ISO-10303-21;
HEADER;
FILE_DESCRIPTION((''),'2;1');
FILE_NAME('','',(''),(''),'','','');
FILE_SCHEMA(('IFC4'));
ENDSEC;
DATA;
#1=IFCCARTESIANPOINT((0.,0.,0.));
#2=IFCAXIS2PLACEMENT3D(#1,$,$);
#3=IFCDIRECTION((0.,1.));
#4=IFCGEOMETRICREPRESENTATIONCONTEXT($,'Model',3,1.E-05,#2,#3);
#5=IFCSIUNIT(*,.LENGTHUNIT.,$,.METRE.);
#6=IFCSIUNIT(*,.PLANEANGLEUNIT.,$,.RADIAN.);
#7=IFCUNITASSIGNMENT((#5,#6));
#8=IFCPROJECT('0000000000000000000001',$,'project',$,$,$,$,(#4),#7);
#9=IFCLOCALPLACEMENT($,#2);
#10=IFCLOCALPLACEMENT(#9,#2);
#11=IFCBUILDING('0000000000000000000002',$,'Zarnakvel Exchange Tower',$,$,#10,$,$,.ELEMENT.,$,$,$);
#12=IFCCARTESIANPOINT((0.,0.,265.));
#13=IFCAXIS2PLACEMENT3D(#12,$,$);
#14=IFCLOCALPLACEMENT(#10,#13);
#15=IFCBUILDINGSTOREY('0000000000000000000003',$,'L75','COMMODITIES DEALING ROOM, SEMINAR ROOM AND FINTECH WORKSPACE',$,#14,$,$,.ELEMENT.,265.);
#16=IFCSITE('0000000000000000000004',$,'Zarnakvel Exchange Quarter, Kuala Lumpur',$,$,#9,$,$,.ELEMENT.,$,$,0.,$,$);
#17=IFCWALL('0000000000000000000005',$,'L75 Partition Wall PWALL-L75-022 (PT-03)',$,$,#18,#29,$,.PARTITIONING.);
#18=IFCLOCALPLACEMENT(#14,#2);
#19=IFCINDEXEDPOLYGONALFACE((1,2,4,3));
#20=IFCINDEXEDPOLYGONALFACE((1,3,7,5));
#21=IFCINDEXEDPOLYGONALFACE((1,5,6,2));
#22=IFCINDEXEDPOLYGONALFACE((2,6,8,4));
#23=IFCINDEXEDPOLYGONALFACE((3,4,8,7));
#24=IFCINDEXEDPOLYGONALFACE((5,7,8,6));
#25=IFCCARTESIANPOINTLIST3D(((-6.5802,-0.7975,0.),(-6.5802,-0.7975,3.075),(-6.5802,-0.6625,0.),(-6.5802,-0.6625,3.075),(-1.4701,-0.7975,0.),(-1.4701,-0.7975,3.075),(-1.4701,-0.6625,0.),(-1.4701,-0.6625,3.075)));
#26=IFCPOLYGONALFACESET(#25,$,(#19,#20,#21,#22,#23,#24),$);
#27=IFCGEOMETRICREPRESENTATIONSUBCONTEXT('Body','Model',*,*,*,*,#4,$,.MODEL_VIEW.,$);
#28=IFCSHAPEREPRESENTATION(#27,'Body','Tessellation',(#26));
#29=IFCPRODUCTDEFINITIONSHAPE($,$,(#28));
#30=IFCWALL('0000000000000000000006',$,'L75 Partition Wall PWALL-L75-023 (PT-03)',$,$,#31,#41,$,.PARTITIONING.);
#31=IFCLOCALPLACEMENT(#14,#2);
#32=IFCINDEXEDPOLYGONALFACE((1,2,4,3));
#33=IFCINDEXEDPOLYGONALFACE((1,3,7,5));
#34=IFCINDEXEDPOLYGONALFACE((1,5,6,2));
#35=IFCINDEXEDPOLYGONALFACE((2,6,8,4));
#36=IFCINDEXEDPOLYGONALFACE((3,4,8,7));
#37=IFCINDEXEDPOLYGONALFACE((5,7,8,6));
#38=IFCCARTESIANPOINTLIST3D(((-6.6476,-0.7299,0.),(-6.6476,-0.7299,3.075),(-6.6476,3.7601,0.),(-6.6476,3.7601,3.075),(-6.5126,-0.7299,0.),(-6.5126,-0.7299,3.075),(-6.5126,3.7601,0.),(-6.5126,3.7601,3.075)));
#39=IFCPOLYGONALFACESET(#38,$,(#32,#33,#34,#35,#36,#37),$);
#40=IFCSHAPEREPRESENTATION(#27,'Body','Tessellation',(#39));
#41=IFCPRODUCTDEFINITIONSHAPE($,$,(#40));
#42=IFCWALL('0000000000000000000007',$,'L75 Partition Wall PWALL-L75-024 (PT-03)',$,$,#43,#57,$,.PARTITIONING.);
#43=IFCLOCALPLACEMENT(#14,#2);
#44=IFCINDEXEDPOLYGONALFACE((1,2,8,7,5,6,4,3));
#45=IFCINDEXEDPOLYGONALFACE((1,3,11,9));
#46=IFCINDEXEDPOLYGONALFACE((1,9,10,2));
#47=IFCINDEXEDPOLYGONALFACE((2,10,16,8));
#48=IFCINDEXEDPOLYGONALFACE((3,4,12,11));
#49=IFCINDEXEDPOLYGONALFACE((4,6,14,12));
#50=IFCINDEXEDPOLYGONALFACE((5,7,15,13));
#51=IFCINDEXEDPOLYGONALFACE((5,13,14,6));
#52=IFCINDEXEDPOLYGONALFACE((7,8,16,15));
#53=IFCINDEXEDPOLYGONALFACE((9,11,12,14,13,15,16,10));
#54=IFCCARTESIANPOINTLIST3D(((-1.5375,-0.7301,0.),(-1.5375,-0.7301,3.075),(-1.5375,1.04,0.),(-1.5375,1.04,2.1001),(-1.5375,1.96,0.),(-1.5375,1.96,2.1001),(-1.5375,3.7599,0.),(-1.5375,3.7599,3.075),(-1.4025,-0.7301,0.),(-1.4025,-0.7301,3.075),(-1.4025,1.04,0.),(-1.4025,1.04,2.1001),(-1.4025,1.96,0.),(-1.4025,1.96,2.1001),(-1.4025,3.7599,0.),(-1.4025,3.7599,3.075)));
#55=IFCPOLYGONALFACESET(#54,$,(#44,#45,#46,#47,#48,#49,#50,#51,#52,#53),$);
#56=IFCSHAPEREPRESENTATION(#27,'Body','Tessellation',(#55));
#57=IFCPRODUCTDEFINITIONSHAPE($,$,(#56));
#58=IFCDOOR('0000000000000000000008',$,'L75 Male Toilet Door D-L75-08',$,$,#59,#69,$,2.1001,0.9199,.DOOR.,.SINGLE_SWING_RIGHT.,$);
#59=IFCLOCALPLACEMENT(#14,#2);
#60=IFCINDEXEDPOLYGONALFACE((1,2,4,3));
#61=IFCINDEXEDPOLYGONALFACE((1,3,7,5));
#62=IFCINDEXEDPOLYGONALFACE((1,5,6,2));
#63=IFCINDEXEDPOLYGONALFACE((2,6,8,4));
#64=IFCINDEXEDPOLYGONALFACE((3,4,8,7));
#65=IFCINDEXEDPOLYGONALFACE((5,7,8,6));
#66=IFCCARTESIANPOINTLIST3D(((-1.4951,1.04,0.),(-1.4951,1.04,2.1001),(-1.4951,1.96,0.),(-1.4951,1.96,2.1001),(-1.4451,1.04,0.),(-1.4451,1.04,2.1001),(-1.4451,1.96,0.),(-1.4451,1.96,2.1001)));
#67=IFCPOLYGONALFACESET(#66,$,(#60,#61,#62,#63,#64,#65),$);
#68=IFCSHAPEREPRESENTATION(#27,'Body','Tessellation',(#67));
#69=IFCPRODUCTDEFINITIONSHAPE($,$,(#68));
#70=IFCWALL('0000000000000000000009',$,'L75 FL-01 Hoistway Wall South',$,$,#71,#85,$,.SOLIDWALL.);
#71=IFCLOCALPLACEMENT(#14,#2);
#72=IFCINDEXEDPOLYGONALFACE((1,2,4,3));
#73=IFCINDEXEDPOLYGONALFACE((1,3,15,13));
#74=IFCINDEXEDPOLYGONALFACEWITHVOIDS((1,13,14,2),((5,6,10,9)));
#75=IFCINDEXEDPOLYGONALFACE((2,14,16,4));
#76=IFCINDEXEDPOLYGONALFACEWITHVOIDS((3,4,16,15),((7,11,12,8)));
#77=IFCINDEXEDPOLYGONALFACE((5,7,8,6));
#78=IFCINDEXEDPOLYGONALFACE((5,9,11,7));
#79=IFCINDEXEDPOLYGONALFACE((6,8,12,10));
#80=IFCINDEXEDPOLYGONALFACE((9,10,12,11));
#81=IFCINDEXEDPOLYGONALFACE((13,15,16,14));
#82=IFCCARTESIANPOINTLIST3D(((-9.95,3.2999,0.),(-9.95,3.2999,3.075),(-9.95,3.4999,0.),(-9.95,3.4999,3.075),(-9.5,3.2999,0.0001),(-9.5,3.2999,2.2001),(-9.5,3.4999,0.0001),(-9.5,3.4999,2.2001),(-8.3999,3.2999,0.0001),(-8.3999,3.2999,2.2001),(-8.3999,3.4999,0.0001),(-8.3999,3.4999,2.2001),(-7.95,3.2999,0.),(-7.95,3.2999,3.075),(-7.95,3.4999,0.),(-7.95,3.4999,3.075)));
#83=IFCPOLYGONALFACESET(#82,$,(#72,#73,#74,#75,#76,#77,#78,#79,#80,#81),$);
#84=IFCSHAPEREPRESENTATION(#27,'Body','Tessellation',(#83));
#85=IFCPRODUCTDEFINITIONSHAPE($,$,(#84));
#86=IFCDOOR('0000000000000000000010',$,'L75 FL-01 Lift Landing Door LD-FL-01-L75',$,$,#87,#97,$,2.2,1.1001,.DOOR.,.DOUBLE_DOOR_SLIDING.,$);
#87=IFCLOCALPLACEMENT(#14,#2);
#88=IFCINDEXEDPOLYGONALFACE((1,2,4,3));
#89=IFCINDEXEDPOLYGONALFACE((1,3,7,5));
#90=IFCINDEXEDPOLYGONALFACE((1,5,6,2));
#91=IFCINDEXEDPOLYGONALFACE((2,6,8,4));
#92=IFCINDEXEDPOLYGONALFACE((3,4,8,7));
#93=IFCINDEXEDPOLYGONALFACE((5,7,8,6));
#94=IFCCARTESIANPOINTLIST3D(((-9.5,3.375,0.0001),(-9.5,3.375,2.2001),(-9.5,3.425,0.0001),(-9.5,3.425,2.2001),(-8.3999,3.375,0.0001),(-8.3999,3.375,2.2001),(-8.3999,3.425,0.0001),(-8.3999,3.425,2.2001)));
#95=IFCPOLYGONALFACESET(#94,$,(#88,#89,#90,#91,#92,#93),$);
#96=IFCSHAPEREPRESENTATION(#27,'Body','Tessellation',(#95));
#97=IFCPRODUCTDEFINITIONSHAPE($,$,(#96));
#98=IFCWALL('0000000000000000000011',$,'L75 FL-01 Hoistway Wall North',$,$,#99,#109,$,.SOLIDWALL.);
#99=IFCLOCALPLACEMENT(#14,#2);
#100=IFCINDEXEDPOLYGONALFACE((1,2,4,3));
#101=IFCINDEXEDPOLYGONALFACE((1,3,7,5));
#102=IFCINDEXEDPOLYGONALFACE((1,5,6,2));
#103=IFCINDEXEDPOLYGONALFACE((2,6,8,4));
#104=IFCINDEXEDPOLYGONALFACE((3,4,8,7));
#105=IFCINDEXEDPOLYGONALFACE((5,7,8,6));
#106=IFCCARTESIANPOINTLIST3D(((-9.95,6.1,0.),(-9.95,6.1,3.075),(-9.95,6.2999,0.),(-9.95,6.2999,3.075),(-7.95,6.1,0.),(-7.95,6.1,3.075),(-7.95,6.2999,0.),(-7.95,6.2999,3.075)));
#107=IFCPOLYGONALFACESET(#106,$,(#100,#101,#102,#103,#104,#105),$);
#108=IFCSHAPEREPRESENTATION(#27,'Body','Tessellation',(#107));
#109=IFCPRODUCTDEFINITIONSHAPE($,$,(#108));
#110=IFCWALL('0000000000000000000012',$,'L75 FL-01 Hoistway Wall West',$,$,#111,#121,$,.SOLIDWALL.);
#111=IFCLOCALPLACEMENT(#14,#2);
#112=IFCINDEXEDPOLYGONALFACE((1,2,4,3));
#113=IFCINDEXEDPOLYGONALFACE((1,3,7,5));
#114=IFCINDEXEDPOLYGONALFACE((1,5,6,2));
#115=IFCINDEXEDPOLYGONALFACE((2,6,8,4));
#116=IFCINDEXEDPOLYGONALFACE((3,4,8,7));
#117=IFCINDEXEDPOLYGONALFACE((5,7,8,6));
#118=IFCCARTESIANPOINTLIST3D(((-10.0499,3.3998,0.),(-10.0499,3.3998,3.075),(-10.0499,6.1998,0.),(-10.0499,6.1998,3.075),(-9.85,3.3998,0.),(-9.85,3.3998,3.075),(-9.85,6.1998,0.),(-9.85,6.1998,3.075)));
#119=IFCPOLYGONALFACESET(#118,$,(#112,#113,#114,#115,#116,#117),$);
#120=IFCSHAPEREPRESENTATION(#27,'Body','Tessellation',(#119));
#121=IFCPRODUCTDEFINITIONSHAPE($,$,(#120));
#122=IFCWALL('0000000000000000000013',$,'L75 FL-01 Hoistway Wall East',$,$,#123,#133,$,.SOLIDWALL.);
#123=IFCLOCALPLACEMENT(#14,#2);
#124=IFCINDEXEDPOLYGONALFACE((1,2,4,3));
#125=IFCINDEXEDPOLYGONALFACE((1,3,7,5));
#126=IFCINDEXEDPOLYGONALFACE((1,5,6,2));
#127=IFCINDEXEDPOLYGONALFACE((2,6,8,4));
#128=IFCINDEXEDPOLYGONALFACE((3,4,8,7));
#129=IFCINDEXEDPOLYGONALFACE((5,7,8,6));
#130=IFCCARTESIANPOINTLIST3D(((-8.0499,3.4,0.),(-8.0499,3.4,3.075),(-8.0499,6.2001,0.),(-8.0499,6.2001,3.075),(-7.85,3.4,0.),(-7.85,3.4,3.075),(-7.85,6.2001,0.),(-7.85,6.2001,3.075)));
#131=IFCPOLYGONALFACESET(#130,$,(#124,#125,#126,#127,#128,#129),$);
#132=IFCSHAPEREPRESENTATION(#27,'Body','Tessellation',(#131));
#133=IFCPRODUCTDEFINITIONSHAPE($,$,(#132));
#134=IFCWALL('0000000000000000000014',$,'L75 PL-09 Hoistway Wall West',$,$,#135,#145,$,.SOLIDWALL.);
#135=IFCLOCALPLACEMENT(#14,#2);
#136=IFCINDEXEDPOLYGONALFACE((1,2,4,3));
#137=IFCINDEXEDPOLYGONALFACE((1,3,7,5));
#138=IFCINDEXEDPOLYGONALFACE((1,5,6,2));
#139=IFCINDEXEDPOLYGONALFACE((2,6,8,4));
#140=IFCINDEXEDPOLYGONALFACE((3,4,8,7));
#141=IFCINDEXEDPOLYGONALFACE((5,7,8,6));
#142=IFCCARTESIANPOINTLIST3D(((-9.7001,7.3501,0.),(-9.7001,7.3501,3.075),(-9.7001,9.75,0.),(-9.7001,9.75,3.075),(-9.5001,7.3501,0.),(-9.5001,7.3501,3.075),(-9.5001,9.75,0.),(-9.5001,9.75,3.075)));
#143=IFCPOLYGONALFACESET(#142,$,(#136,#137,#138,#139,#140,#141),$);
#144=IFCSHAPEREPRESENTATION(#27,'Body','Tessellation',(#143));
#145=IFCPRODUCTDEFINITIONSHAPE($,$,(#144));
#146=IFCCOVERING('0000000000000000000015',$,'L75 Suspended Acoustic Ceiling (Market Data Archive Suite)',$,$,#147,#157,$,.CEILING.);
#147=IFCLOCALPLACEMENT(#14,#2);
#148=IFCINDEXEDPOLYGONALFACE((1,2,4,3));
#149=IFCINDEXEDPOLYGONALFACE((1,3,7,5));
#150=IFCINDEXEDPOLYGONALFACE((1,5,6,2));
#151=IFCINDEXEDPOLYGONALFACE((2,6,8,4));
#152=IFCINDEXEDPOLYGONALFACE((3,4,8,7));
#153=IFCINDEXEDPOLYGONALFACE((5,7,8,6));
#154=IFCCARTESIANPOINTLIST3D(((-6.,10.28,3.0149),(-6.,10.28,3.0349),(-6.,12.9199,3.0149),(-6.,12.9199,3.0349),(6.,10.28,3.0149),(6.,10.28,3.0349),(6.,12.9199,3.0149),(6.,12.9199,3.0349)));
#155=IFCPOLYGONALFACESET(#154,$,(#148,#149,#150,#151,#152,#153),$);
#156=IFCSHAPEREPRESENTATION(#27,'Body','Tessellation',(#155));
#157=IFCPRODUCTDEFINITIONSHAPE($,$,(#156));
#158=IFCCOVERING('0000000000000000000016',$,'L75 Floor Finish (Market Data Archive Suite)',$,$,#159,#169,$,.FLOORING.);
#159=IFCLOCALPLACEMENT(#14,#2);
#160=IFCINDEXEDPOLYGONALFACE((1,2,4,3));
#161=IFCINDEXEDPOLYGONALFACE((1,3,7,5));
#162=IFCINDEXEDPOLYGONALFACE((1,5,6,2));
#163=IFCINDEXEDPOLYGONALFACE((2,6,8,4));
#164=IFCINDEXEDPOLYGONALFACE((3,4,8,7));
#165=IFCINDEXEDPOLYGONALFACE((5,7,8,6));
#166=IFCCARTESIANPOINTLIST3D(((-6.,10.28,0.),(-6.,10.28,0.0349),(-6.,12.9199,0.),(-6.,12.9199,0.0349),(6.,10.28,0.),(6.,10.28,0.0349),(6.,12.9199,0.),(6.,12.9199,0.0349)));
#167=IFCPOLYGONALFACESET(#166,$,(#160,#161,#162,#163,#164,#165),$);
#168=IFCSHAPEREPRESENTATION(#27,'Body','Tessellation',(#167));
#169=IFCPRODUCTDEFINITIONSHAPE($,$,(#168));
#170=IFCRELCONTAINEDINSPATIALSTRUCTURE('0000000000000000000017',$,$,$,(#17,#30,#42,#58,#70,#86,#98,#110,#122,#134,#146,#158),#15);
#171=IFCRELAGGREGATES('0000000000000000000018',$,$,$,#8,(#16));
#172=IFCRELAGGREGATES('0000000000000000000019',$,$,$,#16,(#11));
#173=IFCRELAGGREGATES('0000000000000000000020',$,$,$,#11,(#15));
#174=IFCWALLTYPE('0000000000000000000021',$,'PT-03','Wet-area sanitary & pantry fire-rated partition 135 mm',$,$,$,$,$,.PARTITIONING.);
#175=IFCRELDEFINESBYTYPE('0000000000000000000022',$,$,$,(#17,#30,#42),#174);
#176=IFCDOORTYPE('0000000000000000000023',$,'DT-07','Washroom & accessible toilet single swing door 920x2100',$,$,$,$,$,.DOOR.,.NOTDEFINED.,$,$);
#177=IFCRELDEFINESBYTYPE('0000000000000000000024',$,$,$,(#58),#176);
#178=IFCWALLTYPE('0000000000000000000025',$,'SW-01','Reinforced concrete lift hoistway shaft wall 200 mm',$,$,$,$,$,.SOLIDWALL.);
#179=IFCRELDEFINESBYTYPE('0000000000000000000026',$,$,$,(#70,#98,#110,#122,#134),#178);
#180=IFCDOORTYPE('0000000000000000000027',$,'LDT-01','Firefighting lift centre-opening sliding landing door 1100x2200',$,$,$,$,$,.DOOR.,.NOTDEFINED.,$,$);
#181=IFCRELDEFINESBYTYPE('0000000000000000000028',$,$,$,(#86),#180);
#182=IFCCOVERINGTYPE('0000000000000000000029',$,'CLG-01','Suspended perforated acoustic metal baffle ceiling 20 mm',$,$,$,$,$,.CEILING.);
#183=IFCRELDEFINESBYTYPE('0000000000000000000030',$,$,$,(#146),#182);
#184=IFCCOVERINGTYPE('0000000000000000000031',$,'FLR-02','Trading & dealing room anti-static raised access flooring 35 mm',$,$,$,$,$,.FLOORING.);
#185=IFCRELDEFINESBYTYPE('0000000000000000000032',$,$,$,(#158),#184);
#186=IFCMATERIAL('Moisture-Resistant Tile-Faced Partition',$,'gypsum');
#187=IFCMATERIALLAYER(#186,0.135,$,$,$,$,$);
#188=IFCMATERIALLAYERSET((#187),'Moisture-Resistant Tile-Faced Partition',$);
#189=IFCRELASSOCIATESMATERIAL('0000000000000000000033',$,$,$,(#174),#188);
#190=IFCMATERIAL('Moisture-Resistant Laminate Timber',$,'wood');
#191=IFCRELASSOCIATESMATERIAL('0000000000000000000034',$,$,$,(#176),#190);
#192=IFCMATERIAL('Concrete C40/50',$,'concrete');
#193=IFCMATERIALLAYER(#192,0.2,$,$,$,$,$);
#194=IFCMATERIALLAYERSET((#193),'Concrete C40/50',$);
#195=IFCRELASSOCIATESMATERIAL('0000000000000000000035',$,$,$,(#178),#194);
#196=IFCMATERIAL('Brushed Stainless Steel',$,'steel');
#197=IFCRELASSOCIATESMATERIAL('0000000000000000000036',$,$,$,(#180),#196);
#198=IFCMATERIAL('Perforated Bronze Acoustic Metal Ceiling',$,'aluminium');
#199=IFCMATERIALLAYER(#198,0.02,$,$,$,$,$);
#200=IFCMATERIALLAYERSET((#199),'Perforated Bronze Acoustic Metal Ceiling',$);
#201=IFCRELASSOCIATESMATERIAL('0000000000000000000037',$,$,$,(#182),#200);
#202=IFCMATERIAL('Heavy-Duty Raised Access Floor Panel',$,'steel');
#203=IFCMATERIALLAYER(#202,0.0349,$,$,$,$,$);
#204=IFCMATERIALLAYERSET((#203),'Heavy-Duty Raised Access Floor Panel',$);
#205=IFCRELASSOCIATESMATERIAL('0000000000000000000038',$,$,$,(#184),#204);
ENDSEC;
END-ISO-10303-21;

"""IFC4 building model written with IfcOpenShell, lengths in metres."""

from ifc_helpers import new_model, si_unit, direction, frame, frame_2d, origin, place, context, subcontext, project, spatial, polyline, rectangle, outline, extrude, source, transform, mapped, material, layer, layer_set, type_object, element, fill, save


model = new_model("IFC4")

# Units and contexts
model_context = context("Model", 3, precision=1e-05, world=origin(), true_north=direction((0.0, 1.0)))
body_context = subcontext(model_context, "Body", "Model", "MODEL_VIEW")
ifc_project = project(units=[si_unit("LENGTHUNIT", "METRE"), si_unit("PLANEANGLEUNIT", "RADIAN")], contexts=[model_context])

# Site, building, storey
site_placement = place(None, origin())
site = spatial("IfcSite", under=ifc_project, at=site_placement, Name="Zarnakvel Exchange Quarter, Kuala Lumpur", CompositionType="ELEMENT", RefElevation=0.0)
building_placement = place(site_placement, origin())
building = spatial("IfcBuilding", under=site, at=building_placement, Name="Zarnakvel Exchange Tower", CompositionType="ELEMENT")
storey_placement = place(building_placement, frame((0.0, 0.0, 265.0)))
storey = spatial("IfcBuildingStorey", under=building, at=storey_placement, Name="L75", Description="COMMODITIES DEALING ROOM, SEMINAR ROOM AND FINTECH WORKSPACE", CompositionType="ELEMENT", Elevation=265.0)

# Shared definitions
ifc_material_1 = material(Name="Concrete C40/50", Category="concrete")

# Walls
ifc_material_2 = material(Name="Moisture-Resistant Tile-Faced Partition", Category="gypsum")
ifc_layer_1 = layer(ifc_material_2, 0.135)
ifc_layer_set_1 = layer_set([ifc_layer_1], Name="Moisture-Resistant Tile-Faced Partition")
wall_type_1 = type_object("IfcWallType", Name="PT-03", Description="Wet-area sanitary & pantry fire-rated partition 135 mm", PredefinedType="PARTITIONING", material=ifc_layer_set_1)
wall_1_placement = place(storey_placement, frame((-1.47, -0.73, 0.0), z_axis=(0.0, 0.0, 1.0), x_axis=(-1.0, 0.0, 0.0)))
element("IfcWall", 1, at=wall_1_placement, inside=storey, type_object=wall_type_1, Name="L75 Partition Wall PWALL-L75-022 (PT-03)", PredefinedType="PARTITIONING", context=body_context, shape_type="SweptSolid", body=[
    extrude(rectangle(XDim=5.1101, YDim=0.135, at=frame_2d((2.5552, 0.0))), origin(), (0.0, 0.0, 1.0), 3.075),
])
wall_2_placement = place(storey_placement, frame((-6.5801, -0.73, 0.0), z_axis=(0.0, 0.0, 1.0), x_axis=(0.0, 1.0, 0.0)))
element("IfcWall", 2, at=wall_2_placement, inside=storey, type_object=wall_type_1, Name="L75 Partition Wall PWALL-L75-023 (PT-03)", PredefinedType="PARTITIONING", context=body_context, shape_type="SweptSolid", body=[
    extrude(rectangle(XDim=4.49, YDim=0.135, at=frame_2d((2.2451, 0.0))), origin(), (0.0, 0.0, 1.0), 3.075),
])

# Walls, openings, doors
wall_3_placement = place(storey_placement, frame((-1.47, 3.76, 0.0), z_axis=(0.0, 0.0, 1.0), x_axis=(0.0, -1.0, 0.0)))
wall_3 = element("IfcWall", 3, at=wall_3_placement, inside=storey, type_object=wall_type_1, Name="L75 Partition Wall PWALL-L75-024 (PT-03)", PredefinedType="PARTITIONING", context=body_context, shape_type="SweptSolid", body=[
    extrude(rectangle(XDim=4.49, YDim=0.135, at=frame_2d((2.2451, 0.0))), origin(), (0.0, 0.0, 1.0), 3.075),
])
opening_1_placement = place(wall_3_placement, frame((1.8, 0.0, 0.0)))
opening_1 = element("IfcOpeningElement", 4, at=opening_1_placement, cuts=wall_3, PredefinedType="OPENING", context=body_context, shape_type="SweptSolid", body=[
    extrude(rectangle(XDim=0.9199, YDim=2.1001, at=frame_2d((0.46, 1.05))), frame((0.0, 0.0774, 0.0), z_axis=(0.0, -1.0, 0.0), x_axis=(1.0, 0.0, 0.0)), (0.0, 0.0, 1.0), 0.155),
])
ifc_material_3 = material(Name="Moisture-Resistant Laminate Timber", Category="wood")
door_type_1 = type_object("IfcDoorType", Name="DT-07", Description="Washroom & accessible toilet single swing door 920x2100", OperationType="NOTDEFINED", PredefinedType="DOOR", material=ifc_material_3)
shared_shape_1 = source(origin(), body_context, "Body", "SweptSolid", [
    extrude(rectangle(XDim=0.9199, YDim=2.1001, at=frame_2d((0.46, 1.05))), frame((0.0, 0.0249, 0.0), z_axis=(0.0, -1.0, 0.0), x_axis=(1.0, 0.0, 0.0)), (0.0, 0.0, 1.0), 0.05),
])
door_1_placement = place(opening_1_placement, origin())
door_1 = element("IfcDoor", 5, at=door_1_placement, inside=storey, type_object=door_type_1, Name="L75 Male Toilet Door D-L75-08", OperationType="SINGLE_SWING_RIGHT", OverallHeight=2.1001, OverallWidth=0.9199, PredefinedType="DOOR", context=body_context, shape_type="MappedRepresentation", body=[
    mapped(shared_shape_1, transform((0.0, 0.0, 0.0), x_axis=(1.0, 0.0, 0.0), y_axis=(0.0, 1.0, 0.0), z_axis=(0.0, 0.0, 1.0), scale=1.0)),
])
fill(opening_1, door_1)
ifc_layer_2 = layer(ifc_material_1, 0.2)
ifc_layer_set_2 = layer_set([ifc_layer_2], Name="Concrete C40/50")
wall_type_2 = type_object("IfcWallType", Name="SW-01", Description="Reinforced concrete lift hoistway shaft wall 200 mm", PredefinedType="SOLIDWALL", material=ifc_layer_set_2)
wall_4_placement = place(storey_placement, frame((-7.95, 3.3999, 0.0), z_axis=(0.0, 0.0, 1.0), x_axis=(-1.0, 0.0, 0.0)))
wall_4 = element("IfcWall", 6, at=wall_4_placement, inside=storey, type_object=wall_type_2, Name="L75 FL-01 Hoistway Wall South", PredefinedType="SOLIDWALL", context=body_context, shape_type="SweptSolid", body=[
    extrude(rectangle(XDim=2.0, YDim=0.2, at=frame_2d((1.0, 0.0))), origin(), (0.0, 0.0, 1.0), 3.075),
])
opening_2_placement = place(wall_4_placement, frame((0.45, 0.0, 0.0)))
opening_2 = element("IfcOpeningElement", 7, at=opening_2_placement, cuts=wall_4, PredefinedType="OPENING", context=body_context, shape_type="SweptSolid", body=[
    extrude(rectangle(XDim=1.1001, YDim=2.2, at=frame_2d((0.55, 1.1001))), frame((0.0, 0.1099, 0.0), z_axis=(0.0, -1.0, 0.0), x_axis=(1.0, 0.0, 0.0)), (0.0, 0.0, 1.0), 0.22),
])
ifc_material_4 = material(Name="Brushed Stainless Steel", Category="steel")
door_type_2 = type_object("IfcDoorType", Name="LDT-01", Description="Firefighting lift centre-opening sliding landing door 1100x2200", OperationType="NOTDEFINED", PredefinedType="DOOR", material=ifc_material_4)
shared_shape_2 = source(origin(), body_context, "Body", "SweptSolid", [
    extrude(rectangle(XDim=1.1001, YDim=2.2, at=frame_2d((0.55, 1.1001))), frame((0.0, 0.0249, 0.0), z_axis=(0.0, -1.0, 0.0), x_axis=(1.0, 0.0, 0.0)), (0.0, 0.0, 1.0), 0.05),
])
door_2_placement = place(opening_2_placement, origin())
door_2 = element("IfcDoor", 8, at=door_2_placement, inside=storey, type_object=door_type_2, Name="L75 FL-01 Lift Landing Door LD-FL-01-L75", OperationType="DOUBLE_DOOR_SLIDING", OverallHeight=2.2, OverallWidth=1.1001, PredefinedType="DOOR", context=body_context, shape_type="MappedRepresentation", body=[
    mapped(shared_shape_2, transform((0.0, 0.0, 0.0), x_axis=(1.0, 0.0, 0.0), y_axis=(0.0, 1.0, 0.0), z_axis=(0.0, 0.0, 1.0), scale=1.0)),
])
fill(opening_2, door_2)

# Walls
wall_5_placement = place(storey_placement, frame((-9.95, 6.2, 0.0), z_axis=(0.0, 0.0, 1.0), x_axis=(1.0, 0.0, 0.0)))
element("IfcWall", 9, at=wall_5_placement, inside=storey, type_object=wall_type_2, Name="L75 FL-01 Hoistway Wall North", PredefinedType="SOLIDWALL", context=body_context, shape_type="SweptSolid", body=[
    extrude(rectangle(XDim=2.0, YDim=0.2, at=frame_2d((1.0, 0.0))), origin(), (0.0, 0.0, 1.0), 3.075),
])
for number, where, z_axis, x_axis, name in (
    (10, (-9.95, 3.3999, 0.0), (0.0, 0.0, 1.0), (0.0, 1.0, 0.0), "L75 FL-01 Hoistway Wall West"),
    (11, (-7.95, 6.2, 0.0), (0.0, 0.0, 1.0), (0.0, -1.0, 0.0), "L75 FL-01 Hoistway Wall East"),
):
    element("IfcWall", number, at=place(storey_placement, frame(where, z_axis=z_axis, x_axis=x_axis)), inside=storey, type_object=wall_type_2, Name=name, PredefinedType="SOLIDWALL", context=body_context, shape_type="SweptSolid", body=[
        extrude(rectangle(XDim=2.8, YDim=0.2, at=frame_2d((1.3999, 0.0))), origin(), (0.0, 0.0, 1.0), 3.075),
    ])
wall_6_placement = place(storey_placement, frame((-9.6001, 7.3501, 0.0), z_axis=(0.0, 0.0, 1.0), x_axis=(0.0, 1.0, 0.0)))
element("IfcWall", 12, at=wall_6_placement, inside=storey, type_object=wall_type_2, Name="L75 PL-09 Hoistway Wall West", PredefinedType="SOLIDWALL", context=body_context, shape_type="SweptSolid", body=[
    extrude(rectangle(XDim=2.3999, YDim=0.2, at=frame_2d((1.2, 0.0))), origin(), (0.0, 0.0, 1.0), 3.075),
])

# Coverings
ifc_material_5 = material(Name="Perforated Bronze Acoustic Metal Ceiling", Category="aluminium")
ifc_layer_3 = layer(ifc_material_5, 0.02)
ifc_layer_set_3 = layer_set([ifc_layer_3], Name="Perforated Bronze Acoustic Metal Ceiling")
covering_type_1 = type_object("IfcCoveringType", Name="CLG-01", Description="Suspended perforated acoustic metal baffle ceiling 20 mm", PredefinedType="CEILING", material=ifc_layer_set_3)
covering_1_placement = place(storey_placement, frame((0.0, 0.0, 3.0149)))
element("IfcCovering", 13, at=covering_1_placement, inside=storey, type_object=covering_type_1, Name="L75 Suspended Acoustic Ceiling (Market Data Archive Suite)", PredefinedType="CEILING", context=body_context, shape_type="SweptSolid", body=[
    extrude(outline(polyline([(-6.0, 12.9199), (6.0, 12.9199), (6.0, 10.28), (-6.0, 10.28), (-6.0, 12.9199)])), origin(), (0.0, 0.0, 1.0), 0.02),
])
ifc_material_6 = material(Name="Heavy-Duty Raised Access Floor Panel", Category="steel")
ifc_layer_4 = layer(ifc_material_6, 0.0349)
ifc_layer_set_4 = layer_set([ifc_layer_4], Name="Heavy-Duty Raised Access Floor Panel")
covering_type_2 = type_object("IfcCoveringType", Name="FLR-02", Description="Trading & dealing room anti-static raised access flooring 35 mm", PredefinedType="FLOORING", material=ifc_layer_set_4)
covering_2_placement = place(storey_placement, origin())
element("IfcCovering", 14, at=covering_2_placement, inside=storey, type_object=covering_type_2, Name="L75 Floor Finish (Market Data Archive Suite)", PredefinedType="FLOORING", context=body_context, shape_type="SweptSolid", body=[
    extrude(outline(polyline([(-6.0, 12.9199), (6.0, 12.9199), (6.0, 10.28), (-6.0, 10.28), (-6.0, 12.9199)])), origin(), (0.0, 0.0, 1.0), 0.0349),
])

save(model, "model.ifc")
